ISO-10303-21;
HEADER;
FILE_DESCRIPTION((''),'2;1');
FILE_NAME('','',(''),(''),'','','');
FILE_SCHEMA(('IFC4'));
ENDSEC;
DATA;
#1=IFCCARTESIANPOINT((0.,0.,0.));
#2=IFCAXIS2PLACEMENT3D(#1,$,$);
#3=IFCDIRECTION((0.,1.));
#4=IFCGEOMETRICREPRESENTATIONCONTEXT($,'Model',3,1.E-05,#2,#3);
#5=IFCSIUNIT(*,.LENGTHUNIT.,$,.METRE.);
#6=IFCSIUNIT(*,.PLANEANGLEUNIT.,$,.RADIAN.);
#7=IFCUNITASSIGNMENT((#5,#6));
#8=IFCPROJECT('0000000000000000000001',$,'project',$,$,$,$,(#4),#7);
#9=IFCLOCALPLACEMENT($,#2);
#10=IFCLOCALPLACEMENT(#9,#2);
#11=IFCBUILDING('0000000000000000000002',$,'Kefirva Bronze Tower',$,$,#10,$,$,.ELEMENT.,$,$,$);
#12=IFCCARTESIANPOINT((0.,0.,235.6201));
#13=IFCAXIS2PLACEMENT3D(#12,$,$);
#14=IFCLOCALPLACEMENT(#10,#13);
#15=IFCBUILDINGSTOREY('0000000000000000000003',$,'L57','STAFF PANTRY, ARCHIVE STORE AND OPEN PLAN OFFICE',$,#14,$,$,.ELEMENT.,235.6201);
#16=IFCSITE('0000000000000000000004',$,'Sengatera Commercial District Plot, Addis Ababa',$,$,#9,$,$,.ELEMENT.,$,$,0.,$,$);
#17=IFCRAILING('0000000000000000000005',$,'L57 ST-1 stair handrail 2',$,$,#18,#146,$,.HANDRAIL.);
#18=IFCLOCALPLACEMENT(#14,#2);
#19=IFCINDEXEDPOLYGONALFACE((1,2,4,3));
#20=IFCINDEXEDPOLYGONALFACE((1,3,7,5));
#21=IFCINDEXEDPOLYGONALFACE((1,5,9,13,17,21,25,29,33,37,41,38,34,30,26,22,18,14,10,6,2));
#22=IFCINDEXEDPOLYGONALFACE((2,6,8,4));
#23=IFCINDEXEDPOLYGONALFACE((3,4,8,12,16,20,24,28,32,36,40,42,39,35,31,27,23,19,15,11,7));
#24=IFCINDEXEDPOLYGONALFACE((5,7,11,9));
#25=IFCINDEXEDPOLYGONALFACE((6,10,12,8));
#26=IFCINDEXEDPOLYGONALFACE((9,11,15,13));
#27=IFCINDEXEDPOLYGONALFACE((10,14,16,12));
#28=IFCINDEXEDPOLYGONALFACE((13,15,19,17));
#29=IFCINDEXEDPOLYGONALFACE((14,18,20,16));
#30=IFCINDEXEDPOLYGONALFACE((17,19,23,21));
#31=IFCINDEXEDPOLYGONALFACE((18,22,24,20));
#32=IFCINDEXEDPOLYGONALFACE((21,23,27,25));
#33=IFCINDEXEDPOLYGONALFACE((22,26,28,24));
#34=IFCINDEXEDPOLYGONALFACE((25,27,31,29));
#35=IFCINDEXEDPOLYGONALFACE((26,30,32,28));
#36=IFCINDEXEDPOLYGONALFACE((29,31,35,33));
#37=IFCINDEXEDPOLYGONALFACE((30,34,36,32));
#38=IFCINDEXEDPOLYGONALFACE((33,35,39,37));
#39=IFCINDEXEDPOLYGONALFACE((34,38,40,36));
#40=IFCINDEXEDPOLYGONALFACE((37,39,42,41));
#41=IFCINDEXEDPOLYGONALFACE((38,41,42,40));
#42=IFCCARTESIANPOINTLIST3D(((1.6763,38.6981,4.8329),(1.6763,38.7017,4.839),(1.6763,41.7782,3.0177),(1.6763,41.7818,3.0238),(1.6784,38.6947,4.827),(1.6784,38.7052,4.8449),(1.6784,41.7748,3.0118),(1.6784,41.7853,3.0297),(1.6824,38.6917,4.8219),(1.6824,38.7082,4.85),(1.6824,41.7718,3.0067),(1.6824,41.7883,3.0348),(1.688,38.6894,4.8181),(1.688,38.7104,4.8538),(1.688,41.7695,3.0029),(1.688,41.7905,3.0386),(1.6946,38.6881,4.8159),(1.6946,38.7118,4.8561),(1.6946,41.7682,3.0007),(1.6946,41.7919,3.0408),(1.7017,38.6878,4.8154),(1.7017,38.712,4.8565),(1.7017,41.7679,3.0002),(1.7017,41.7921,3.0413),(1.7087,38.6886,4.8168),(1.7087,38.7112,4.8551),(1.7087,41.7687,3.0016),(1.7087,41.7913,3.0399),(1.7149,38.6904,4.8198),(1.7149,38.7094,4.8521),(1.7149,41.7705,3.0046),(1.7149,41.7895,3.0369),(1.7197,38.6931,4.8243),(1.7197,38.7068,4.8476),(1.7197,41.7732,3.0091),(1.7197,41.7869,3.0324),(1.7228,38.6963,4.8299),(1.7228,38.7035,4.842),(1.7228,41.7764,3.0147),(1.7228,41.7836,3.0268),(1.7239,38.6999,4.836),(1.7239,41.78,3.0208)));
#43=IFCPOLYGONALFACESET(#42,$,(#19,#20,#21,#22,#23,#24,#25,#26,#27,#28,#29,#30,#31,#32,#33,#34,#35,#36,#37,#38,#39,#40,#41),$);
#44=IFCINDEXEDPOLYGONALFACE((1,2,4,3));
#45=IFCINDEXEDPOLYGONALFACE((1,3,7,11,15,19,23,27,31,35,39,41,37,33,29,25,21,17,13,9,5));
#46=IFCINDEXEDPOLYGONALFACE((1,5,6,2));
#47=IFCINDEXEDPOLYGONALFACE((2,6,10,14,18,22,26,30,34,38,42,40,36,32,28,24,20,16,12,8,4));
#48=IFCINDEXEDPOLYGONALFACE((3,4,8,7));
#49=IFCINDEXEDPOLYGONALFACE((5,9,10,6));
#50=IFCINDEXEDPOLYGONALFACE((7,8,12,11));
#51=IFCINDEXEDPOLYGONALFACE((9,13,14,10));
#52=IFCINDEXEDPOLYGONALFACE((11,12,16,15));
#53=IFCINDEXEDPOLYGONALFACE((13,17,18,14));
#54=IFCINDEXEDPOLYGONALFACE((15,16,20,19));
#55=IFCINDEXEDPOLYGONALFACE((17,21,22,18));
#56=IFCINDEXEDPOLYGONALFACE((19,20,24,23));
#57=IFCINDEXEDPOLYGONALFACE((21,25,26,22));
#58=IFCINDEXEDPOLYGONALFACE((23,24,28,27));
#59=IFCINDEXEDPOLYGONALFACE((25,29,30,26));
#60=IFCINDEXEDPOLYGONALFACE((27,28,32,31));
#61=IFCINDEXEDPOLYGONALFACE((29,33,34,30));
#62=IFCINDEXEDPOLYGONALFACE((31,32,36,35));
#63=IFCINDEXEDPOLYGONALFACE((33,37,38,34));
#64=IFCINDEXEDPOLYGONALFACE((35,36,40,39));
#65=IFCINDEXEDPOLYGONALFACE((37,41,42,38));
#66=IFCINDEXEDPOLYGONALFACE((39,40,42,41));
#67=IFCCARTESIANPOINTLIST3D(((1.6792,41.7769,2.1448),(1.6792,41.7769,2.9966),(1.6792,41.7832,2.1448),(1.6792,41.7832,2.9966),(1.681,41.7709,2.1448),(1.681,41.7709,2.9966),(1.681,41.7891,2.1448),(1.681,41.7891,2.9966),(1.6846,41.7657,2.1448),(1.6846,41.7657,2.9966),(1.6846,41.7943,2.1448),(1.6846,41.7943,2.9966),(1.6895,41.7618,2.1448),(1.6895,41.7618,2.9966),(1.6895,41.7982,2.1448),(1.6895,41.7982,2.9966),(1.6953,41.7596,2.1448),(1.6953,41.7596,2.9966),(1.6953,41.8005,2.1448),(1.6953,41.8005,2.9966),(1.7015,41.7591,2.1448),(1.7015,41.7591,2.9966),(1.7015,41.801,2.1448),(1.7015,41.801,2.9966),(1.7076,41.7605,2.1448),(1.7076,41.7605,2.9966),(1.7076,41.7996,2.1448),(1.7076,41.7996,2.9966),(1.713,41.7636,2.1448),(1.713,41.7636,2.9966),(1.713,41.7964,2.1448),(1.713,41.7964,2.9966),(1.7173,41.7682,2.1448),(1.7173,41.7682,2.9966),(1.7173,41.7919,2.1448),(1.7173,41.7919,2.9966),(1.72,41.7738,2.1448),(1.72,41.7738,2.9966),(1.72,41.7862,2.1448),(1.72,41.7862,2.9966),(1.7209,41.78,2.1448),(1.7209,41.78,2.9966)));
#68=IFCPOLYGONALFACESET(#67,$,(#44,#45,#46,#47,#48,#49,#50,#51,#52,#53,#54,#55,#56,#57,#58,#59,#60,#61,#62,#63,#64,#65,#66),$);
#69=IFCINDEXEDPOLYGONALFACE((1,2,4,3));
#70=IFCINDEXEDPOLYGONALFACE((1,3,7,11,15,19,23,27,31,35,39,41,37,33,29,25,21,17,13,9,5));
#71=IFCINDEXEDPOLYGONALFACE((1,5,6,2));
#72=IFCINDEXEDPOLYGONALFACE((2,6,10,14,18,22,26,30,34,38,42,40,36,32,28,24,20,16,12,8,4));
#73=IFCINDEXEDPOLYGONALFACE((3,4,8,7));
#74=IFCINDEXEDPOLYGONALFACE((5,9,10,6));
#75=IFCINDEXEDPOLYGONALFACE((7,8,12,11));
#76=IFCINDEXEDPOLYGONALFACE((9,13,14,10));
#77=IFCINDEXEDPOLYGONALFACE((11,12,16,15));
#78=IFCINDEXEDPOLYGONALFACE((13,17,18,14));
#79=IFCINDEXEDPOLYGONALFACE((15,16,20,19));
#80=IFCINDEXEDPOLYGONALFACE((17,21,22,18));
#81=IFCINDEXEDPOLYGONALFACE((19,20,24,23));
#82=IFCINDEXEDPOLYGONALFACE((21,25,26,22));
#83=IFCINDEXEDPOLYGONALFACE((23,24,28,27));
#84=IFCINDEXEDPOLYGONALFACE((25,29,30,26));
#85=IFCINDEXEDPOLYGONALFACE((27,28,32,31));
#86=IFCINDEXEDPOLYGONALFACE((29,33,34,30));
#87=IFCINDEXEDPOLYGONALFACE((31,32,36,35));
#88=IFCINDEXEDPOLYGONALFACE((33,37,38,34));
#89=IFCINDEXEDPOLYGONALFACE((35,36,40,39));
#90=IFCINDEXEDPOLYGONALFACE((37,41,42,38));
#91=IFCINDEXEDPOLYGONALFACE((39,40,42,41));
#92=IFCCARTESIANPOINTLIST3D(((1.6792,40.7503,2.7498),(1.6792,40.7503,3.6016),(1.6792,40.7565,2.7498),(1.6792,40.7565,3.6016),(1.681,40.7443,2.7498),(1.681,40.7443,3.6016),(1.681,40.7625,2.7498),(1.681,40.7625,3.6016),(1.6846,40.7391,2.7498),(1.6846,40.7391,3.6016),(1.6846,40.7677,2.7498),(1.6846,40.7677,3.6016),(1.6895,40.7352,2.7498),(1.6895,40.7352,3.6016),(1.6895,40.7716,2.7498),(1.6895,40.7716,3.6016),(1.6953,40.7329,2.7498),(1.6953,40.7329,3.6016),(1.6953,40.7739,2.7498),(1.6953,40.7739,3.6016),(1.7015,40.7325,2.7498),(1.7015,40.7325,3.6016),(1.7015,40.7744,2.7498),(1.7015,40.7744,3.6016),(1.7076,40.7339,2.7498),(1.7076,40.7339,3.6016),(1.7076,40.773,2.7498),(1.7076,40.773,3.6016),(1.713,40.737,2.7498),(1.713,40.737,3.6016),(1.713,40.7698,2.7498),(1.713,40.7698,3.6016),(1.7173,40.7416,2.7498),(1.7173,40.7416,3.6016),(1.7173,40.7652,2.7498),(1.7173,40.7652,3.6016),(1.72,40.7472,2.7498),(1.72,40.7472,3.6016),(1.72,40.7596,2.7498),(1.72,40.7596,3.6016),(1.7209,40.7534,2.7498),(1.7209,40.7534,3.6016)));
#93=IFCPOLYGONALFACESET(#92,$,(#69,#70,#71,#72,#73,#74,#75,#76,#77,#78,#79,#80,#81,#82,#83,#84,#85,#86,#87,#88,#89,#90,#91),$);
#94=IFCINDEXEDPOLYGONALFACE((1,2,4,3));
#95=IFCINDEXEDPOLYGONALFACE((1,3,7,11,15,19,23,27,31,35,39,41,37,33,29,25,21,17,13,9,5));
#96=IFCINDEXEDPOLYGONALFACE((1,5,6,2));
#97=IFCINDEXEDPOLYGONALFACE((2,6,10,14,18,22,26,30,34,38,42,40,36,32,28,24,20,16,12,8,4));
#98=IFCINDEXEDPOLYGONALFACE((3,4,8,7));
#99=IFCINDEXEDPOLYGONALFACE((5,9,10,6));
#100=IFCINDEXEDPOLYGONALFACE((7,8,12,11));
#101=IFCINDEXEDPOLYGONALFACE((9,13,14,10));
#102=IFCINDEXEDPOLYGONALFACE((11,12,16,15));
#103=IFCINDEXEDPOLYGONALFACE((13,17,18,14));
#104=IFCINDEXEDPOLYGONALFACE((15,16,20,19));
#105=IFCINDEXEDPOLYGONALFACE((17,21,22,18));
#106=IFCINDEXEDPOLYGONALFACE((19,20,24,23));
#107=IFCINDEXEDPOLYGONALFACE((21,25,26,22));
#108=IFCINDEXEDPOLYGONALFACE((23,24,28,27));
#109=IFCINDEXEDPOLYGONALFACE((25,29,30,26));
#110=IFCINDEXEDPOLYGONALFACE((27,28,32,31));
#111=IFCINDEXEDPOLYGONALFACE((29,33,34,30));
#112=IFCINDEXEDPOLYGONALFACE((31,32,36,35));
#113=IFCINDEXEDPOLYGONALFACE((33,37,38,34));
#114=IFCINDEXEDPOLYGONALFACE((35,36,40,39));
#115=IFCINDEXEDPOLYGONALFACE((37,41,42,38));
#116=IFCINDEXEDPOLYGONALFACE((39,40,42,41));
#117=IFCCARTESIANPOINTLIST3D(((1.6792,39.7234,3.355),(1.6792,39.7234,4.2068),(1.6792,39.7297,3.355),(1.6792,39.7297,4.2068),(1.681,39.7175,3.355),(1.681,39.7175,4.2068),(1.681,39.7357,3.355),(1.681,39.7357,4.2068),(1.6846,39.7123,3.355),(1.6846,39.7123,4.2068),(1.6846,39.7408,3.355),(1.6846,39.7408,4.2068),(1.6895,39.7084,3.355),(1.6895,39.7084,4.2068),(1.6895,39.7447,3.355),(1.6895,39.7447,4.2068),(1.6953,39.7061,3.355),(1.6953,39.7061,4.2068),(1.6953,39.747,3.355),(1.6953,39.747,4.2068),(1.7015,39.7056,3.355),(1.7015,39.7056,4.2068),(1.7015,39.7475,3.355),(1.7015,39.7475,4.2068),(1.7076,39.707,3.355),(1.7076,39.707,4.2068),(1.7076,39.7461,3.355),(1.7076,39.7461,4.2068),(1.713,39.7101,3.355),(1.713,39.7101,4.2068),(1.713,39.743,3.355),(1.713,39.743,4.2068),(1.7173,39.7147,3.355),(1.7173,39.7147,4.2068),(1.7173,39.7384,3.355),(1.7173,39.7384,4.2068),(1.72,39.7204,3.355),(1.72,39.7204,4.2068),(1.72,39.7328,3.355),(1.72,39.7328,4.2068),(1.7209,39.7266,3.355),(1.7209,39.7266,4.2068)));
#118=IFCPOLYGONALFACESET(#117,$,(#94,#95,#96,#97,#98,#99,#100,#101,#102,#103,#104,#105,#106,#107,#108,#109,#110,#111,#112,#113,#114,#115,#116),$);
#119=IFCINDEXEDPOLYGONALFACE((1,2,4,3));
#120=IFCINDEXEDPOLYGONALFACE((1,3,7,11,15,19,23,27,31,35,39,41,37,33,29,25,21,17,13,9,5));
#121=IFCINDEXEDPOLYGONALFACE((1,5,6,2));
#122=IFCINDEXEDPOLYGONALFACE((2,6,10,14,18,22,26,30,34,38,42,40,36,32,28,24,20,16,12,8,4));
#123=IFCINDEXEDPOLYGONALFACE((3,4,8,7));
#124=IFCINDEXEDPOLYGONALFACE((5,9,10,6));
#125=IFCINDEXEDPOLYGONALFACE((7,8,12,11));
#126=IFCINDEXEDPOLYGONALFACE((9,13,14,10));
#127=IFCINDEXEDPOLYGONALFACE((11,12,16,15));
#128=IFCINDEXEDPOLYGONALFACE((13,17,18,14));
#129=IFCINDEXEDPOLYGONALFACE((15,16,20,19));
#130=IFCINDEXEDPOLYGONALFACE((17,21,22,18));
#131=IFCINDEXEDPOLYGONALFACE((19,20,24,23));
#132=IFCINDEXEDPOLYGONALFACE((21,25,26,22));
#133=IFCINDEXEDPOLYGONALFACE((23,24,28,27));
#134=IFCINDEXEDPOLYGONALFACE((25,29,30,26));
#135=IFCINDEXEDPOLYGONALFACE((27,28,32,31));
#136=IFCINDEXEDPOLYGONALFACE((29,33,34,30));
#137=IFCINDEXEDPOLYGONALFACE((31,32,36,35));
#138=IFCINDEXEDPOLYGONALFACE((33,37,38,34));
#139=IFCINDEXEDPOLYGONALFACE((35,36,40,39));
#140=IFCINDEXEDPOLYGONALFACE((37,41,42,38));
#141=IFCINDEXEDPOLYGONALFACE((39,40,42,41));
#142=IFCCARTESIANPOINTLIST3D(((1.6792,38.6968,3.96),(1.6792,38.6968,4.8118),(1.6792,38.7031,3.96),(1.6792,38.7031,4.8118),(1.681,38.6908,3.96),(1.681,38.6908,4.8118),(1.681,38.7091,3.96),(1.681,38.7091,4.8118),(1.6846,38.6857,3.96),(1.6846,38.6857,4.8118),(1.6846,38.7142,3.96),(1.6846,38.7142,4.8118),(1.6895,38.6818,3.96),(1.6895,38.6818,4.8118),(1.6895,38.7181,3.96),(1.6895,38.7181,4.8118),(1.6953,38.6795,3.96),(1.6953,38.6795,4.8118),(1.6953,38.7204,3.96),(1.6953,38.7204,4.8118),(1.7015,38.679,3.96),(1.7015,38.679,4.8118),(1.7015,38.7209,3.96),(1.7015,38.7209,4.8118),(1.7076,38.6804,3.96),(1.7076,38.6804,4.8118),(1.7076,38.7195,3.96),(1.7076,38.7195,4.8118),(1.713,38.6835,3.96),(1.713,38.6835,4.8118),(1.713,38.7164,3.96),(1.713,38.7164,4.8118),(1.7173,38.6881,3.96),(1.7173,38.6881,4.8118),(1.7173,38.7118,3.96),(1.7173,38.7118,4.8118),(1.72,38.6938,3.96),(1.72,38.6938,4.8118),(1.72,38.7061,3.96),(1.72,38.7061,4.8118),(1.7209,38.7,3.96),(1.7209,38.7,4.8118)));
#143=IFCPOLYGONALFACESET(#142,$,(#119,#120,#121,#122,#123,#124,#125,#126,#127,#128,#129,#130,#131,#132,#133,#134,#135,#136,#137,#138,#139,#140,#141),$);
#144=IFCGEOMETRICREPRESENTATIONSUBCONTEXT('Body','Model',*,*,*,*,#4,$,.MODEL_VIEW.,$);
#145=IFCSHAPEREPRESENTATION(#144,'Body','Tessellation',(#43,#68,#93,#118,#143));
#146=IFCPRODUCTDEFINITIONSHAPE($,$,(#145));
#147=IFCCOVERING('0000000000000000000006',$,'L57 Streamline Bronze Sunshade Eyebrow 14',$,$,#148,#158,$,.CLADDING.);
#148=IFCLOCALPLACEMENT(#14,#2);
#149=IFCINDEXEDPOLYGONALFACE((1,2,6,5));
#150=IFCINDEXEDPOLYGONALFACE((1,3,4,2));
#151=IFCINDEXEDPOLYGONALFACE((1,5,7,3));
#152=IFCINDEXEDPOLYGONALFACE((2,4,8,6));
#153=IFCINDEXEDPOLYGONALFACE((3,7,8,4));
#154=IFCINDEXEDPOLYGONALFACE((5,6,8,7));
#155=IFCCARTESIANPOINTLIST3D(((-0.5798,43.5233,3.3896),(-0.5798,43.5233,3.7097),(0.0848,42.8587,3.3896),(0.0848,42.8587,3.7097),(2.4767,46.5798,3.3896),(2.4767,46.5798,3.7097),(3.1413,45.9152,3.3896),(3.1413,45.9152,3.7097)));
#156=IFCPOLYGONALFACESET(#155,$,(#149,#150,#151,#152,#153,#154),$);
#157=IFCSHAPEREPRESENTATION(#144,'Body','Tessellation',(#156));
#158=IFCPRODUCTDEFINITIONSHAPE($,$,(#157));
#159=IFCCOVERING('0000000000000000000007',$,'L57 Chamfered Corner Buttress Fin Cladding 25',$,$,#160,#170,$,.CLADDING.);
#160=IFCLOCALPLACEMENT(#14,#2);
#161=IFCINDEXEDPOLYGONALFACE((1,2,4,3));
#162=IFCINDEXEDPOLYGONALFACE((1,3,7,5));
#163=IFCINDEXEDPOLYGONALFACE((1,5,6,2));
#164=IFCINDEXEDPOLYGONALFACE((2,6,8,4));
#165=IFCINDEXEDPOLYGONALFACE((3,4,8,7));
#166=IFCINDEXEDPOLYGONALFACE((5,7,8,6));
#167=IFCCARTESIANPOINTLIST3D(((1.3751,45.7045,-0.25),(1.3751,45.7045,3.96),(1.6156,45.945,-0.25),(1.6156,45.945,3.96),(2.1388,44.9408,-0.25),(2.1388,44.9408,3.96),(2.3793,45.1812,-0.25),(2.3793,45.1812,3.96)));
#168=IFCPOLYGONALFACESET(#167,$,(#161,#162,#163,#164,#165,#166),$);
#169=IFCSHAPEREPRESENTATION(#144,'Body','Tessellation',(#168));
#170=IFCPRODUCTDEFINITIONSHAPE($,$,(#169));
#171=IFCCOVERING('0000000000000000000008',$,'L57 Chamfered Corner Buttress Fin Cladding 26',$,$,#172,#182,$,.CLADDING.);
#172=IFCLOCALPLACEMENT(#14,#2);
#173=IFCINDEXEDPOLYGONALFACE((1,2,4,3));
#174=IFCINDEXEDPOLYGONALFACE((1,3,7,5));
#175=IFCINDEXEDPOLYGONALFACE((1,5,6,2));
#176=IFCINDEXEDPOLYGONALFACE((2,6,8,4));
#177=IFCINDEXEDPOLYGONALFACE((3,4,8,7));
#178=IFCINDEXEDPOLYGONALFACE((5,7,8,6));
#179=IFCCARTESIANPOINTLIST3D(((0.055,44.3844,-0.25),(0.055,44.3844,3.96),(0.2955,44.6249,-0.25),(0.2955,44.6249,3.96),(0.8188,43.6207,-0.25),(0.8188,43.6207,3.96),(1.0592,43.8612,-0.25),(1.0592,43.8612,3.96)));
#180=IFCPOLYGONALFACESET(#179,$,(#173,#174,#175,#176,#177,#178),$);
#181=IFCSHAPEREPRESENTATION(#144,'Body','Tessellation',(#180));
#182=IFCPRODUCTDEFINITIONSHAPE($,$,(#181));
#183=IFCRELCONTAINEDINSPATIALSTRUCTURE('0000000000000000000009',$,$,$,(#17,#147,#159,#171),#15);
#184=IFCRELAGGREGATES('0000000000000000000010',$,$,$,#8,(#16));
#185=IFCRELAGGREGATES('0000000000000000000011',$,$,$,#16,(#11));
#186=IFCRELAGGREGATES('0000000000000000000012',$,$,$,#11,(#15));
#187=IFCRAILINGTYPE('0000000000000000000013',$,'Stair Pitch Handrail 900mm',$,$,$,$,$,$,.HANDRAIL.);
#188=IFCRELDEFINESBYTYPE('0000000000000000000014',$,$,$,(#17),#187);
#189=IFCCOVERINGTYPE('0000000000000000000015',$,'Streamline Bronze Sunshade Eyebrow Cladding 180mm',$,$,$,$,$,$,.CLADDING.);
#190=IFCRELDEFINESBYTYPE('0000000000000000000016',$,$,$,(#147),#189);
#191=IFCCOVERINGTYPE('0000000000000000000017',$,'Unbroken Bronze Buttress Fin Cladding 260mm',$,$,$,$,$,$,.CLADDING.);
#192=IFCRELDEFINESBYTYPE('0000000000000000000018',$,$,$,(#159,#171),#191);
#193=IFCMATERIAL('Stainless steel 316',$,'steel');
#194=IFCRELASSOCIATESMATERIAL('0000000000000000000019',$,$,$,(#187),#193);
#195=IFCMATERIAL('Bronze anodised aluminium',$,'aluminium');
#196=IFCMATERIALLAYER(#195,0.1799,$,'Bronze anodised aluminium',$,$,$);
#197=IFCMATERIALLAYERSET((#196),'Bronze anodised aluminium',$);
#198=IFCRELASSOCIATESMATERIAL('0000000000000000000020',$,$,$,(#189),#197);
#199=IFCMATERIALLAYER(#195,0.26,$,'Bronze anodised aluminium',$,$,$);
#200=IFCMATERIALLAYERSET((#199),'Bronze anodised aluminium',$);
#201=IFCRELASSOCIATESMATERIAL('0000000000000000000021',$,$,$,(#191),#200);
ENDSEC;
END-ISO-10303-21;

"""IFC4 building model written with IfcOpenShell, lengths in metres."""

from ifc_helpers import new_model, si_unit, direction, frame, origin, origin_2d, place, context, subcontext, project, spatial, rectangle, circle, extrude, material, layer, layer_set, type_object, element, save


model = new_model("IFC4")

# Units and contexts
model_context = context("Model", 3, precision=1e-05, world=origin(), true_north=direction((0.0, 1.0)))
body_context = subcontext(model_context, "Body", "Model", "MODEL_VIEW")
ifc_project = project(units=[si_unit("LENGTHUNIT", "METRE"), si_unit("PLANEANGLEUNIT", "RADIAN")], contexts=[model_context])

# Site, building, storey
site_placement = place(None, origin())
site = spatial("IfcSite", under=ifc_project, at=site_placement, Name="Sengatera Commercial District Plot, Addis Ababa", CompositionType="ELEMENT", RefElevation=0.0)
building_placement = place(site_placement, origin())
building = spatial("IfcBuilding", under=site, at=building_placement, Name="Kefirva Bronze Tower", CompositionType="ELEMENT")
storey_placement = place(building_placement, frame((0.0, 0.0, 235.6201)))
storey = spatial("IfcBuildingStorey", under=building, at=storey_placement, Name="L57", Description="STAFF PANTRY, ARCHIVE STORE AND OPEN PLAN OFFICE", CompositionType="ELEMENT", Elevation=235.6201)

# Shared definitions
ifc_material_1 = material(Name="Bronze anodised aluminium", Category="aluminium")

# Railing
ifc_material_2 = material(Name="Stainless steel 316", Category="steel")
railing_type_1 = type_object("IfcRailingType", Name="Stair Pitch Handrail 900mm", PredefinedType="HANDRAIL", material=ifc_material_2)
railing_1_placement = place(storey_placement, frame((1.7, 41.78, 2.1448)))
element("IfcRailing", 1, at=railing_1_placement, inside=storey, type_object=railing_type_1, Name="L57 ST-1 stair handrail 2", PredefinedType="HANDRAIL", context=body_context, shape_type="SweptSolid", body=[
    extrude(circle(Radius=0.0239, at=origin_2d()), frame((0.0, 0.0, 0.876), z_axis=(0.0, -0.861521, 0.507721), x_axis=(1.0, 0.0, 0.0)), (0.0, 0.0, 1.0), 3.5752),
    extrude(circle(Radius=0.021, at=origin_2d()), origin(), (0.0, 0.0, 1.0), 0.8518),
    extrude(circle(Radius=0.021, at=origin_2d()), frame((0.0, -1.0266, 0.605)), (0.0, 0.0, 1.0), 0.8518),
    extrude(circle(Radius=0.021, at=origin_2d()), frame((0.0, -2.0535, 1.2102)), (0.0, 0.0, 1.0), 0.8518),
    extrude(circle(Radius=0.021, at=origin_2d()), frame((0.0, -3.0801, 1.8152)), (0.0, 0.0, 1.0), 0.8518),
])

# Coverings
ifc_layer_1 = layer(ifc_material_1, 0.1799, Name="Bronze anodised aluminium")
ifc_layer_set_1 = layer_set([ifc_layer_1], Name="Bronze anodised aluminium")
covering_type_1 = type_object("IfcCoveringType", Name="Streamline Bronze Sunshade Eyebrow Cladding 180mm", PredefinedType="CLADDING", material=ifc_layer_set_1)
covering_1_placement = place(storey_placement, frame((1.2808, 44.7192, 3.3896), z_axis=(0.0, 0.0, 1.0), x_axis=(-0.707107, -0.707107, 0.0)))
element("IfcCovering", 2, at=covering_1_placement, inside=storey, type_object=covering_type_1, Name="L57 Streamline Bronze Sunshade Eyebrow 14", PredefinedType="CLADDING", context=body_context, shape_type="SweptSolid", body=[
    extrude(rectangle(XDim=4.3225, YDim=0.9399, at=origin_2d()), origin(), (0.0, 0.0, 1.0), 0.3201),
])
ifc_layer_2 = layer(ifc_material_1, 0.26, Name="Bronze anodised aluminium")
ifc_layer_set_2 = layer_set([ifc_layer_2], Name="Bronze anodised aluminium")
covering_type_2 = type_object("IfcCoveringType", Name="Unbroken Bronze Buttress Fin Cladding 260mm", PredefinedType="CLADDING", material=ifc_layer_set_2)
for number, where, z_axis, x_axis, name in (
    (3, (1.8772, 45.4429, -0.25), (0.0, 0.0, 1.0), (-0.707107, -0.707107, 0.0), "L57 Chamfered Corner Buttress Fin Cladding 25"),
    (4, (0.5571, 44.1228, -0.25), (0.0, 0.0, 1.0), (-0.707107, -0.707107, 0.0), "L57 Chamfered Corner Buttress Fin Cladding 26"),
):
    element("IfcCovering", number, at=place(storey_placement, frame(where, z_axis=z_axis, x_axis=x_axis)), inside=storey, type_object=covering_type_2, Name=name, PredefinedType="CLADDING", context=body_context, shape_type="SweptSolid", body=[
        extrude(rectangle(XDim=0.3401, YDim=1.0801, at=origin_2d()), origin(), (0.0, 0.0, 1.0), 4.21),
    ])

save(model, "model.ifc")
